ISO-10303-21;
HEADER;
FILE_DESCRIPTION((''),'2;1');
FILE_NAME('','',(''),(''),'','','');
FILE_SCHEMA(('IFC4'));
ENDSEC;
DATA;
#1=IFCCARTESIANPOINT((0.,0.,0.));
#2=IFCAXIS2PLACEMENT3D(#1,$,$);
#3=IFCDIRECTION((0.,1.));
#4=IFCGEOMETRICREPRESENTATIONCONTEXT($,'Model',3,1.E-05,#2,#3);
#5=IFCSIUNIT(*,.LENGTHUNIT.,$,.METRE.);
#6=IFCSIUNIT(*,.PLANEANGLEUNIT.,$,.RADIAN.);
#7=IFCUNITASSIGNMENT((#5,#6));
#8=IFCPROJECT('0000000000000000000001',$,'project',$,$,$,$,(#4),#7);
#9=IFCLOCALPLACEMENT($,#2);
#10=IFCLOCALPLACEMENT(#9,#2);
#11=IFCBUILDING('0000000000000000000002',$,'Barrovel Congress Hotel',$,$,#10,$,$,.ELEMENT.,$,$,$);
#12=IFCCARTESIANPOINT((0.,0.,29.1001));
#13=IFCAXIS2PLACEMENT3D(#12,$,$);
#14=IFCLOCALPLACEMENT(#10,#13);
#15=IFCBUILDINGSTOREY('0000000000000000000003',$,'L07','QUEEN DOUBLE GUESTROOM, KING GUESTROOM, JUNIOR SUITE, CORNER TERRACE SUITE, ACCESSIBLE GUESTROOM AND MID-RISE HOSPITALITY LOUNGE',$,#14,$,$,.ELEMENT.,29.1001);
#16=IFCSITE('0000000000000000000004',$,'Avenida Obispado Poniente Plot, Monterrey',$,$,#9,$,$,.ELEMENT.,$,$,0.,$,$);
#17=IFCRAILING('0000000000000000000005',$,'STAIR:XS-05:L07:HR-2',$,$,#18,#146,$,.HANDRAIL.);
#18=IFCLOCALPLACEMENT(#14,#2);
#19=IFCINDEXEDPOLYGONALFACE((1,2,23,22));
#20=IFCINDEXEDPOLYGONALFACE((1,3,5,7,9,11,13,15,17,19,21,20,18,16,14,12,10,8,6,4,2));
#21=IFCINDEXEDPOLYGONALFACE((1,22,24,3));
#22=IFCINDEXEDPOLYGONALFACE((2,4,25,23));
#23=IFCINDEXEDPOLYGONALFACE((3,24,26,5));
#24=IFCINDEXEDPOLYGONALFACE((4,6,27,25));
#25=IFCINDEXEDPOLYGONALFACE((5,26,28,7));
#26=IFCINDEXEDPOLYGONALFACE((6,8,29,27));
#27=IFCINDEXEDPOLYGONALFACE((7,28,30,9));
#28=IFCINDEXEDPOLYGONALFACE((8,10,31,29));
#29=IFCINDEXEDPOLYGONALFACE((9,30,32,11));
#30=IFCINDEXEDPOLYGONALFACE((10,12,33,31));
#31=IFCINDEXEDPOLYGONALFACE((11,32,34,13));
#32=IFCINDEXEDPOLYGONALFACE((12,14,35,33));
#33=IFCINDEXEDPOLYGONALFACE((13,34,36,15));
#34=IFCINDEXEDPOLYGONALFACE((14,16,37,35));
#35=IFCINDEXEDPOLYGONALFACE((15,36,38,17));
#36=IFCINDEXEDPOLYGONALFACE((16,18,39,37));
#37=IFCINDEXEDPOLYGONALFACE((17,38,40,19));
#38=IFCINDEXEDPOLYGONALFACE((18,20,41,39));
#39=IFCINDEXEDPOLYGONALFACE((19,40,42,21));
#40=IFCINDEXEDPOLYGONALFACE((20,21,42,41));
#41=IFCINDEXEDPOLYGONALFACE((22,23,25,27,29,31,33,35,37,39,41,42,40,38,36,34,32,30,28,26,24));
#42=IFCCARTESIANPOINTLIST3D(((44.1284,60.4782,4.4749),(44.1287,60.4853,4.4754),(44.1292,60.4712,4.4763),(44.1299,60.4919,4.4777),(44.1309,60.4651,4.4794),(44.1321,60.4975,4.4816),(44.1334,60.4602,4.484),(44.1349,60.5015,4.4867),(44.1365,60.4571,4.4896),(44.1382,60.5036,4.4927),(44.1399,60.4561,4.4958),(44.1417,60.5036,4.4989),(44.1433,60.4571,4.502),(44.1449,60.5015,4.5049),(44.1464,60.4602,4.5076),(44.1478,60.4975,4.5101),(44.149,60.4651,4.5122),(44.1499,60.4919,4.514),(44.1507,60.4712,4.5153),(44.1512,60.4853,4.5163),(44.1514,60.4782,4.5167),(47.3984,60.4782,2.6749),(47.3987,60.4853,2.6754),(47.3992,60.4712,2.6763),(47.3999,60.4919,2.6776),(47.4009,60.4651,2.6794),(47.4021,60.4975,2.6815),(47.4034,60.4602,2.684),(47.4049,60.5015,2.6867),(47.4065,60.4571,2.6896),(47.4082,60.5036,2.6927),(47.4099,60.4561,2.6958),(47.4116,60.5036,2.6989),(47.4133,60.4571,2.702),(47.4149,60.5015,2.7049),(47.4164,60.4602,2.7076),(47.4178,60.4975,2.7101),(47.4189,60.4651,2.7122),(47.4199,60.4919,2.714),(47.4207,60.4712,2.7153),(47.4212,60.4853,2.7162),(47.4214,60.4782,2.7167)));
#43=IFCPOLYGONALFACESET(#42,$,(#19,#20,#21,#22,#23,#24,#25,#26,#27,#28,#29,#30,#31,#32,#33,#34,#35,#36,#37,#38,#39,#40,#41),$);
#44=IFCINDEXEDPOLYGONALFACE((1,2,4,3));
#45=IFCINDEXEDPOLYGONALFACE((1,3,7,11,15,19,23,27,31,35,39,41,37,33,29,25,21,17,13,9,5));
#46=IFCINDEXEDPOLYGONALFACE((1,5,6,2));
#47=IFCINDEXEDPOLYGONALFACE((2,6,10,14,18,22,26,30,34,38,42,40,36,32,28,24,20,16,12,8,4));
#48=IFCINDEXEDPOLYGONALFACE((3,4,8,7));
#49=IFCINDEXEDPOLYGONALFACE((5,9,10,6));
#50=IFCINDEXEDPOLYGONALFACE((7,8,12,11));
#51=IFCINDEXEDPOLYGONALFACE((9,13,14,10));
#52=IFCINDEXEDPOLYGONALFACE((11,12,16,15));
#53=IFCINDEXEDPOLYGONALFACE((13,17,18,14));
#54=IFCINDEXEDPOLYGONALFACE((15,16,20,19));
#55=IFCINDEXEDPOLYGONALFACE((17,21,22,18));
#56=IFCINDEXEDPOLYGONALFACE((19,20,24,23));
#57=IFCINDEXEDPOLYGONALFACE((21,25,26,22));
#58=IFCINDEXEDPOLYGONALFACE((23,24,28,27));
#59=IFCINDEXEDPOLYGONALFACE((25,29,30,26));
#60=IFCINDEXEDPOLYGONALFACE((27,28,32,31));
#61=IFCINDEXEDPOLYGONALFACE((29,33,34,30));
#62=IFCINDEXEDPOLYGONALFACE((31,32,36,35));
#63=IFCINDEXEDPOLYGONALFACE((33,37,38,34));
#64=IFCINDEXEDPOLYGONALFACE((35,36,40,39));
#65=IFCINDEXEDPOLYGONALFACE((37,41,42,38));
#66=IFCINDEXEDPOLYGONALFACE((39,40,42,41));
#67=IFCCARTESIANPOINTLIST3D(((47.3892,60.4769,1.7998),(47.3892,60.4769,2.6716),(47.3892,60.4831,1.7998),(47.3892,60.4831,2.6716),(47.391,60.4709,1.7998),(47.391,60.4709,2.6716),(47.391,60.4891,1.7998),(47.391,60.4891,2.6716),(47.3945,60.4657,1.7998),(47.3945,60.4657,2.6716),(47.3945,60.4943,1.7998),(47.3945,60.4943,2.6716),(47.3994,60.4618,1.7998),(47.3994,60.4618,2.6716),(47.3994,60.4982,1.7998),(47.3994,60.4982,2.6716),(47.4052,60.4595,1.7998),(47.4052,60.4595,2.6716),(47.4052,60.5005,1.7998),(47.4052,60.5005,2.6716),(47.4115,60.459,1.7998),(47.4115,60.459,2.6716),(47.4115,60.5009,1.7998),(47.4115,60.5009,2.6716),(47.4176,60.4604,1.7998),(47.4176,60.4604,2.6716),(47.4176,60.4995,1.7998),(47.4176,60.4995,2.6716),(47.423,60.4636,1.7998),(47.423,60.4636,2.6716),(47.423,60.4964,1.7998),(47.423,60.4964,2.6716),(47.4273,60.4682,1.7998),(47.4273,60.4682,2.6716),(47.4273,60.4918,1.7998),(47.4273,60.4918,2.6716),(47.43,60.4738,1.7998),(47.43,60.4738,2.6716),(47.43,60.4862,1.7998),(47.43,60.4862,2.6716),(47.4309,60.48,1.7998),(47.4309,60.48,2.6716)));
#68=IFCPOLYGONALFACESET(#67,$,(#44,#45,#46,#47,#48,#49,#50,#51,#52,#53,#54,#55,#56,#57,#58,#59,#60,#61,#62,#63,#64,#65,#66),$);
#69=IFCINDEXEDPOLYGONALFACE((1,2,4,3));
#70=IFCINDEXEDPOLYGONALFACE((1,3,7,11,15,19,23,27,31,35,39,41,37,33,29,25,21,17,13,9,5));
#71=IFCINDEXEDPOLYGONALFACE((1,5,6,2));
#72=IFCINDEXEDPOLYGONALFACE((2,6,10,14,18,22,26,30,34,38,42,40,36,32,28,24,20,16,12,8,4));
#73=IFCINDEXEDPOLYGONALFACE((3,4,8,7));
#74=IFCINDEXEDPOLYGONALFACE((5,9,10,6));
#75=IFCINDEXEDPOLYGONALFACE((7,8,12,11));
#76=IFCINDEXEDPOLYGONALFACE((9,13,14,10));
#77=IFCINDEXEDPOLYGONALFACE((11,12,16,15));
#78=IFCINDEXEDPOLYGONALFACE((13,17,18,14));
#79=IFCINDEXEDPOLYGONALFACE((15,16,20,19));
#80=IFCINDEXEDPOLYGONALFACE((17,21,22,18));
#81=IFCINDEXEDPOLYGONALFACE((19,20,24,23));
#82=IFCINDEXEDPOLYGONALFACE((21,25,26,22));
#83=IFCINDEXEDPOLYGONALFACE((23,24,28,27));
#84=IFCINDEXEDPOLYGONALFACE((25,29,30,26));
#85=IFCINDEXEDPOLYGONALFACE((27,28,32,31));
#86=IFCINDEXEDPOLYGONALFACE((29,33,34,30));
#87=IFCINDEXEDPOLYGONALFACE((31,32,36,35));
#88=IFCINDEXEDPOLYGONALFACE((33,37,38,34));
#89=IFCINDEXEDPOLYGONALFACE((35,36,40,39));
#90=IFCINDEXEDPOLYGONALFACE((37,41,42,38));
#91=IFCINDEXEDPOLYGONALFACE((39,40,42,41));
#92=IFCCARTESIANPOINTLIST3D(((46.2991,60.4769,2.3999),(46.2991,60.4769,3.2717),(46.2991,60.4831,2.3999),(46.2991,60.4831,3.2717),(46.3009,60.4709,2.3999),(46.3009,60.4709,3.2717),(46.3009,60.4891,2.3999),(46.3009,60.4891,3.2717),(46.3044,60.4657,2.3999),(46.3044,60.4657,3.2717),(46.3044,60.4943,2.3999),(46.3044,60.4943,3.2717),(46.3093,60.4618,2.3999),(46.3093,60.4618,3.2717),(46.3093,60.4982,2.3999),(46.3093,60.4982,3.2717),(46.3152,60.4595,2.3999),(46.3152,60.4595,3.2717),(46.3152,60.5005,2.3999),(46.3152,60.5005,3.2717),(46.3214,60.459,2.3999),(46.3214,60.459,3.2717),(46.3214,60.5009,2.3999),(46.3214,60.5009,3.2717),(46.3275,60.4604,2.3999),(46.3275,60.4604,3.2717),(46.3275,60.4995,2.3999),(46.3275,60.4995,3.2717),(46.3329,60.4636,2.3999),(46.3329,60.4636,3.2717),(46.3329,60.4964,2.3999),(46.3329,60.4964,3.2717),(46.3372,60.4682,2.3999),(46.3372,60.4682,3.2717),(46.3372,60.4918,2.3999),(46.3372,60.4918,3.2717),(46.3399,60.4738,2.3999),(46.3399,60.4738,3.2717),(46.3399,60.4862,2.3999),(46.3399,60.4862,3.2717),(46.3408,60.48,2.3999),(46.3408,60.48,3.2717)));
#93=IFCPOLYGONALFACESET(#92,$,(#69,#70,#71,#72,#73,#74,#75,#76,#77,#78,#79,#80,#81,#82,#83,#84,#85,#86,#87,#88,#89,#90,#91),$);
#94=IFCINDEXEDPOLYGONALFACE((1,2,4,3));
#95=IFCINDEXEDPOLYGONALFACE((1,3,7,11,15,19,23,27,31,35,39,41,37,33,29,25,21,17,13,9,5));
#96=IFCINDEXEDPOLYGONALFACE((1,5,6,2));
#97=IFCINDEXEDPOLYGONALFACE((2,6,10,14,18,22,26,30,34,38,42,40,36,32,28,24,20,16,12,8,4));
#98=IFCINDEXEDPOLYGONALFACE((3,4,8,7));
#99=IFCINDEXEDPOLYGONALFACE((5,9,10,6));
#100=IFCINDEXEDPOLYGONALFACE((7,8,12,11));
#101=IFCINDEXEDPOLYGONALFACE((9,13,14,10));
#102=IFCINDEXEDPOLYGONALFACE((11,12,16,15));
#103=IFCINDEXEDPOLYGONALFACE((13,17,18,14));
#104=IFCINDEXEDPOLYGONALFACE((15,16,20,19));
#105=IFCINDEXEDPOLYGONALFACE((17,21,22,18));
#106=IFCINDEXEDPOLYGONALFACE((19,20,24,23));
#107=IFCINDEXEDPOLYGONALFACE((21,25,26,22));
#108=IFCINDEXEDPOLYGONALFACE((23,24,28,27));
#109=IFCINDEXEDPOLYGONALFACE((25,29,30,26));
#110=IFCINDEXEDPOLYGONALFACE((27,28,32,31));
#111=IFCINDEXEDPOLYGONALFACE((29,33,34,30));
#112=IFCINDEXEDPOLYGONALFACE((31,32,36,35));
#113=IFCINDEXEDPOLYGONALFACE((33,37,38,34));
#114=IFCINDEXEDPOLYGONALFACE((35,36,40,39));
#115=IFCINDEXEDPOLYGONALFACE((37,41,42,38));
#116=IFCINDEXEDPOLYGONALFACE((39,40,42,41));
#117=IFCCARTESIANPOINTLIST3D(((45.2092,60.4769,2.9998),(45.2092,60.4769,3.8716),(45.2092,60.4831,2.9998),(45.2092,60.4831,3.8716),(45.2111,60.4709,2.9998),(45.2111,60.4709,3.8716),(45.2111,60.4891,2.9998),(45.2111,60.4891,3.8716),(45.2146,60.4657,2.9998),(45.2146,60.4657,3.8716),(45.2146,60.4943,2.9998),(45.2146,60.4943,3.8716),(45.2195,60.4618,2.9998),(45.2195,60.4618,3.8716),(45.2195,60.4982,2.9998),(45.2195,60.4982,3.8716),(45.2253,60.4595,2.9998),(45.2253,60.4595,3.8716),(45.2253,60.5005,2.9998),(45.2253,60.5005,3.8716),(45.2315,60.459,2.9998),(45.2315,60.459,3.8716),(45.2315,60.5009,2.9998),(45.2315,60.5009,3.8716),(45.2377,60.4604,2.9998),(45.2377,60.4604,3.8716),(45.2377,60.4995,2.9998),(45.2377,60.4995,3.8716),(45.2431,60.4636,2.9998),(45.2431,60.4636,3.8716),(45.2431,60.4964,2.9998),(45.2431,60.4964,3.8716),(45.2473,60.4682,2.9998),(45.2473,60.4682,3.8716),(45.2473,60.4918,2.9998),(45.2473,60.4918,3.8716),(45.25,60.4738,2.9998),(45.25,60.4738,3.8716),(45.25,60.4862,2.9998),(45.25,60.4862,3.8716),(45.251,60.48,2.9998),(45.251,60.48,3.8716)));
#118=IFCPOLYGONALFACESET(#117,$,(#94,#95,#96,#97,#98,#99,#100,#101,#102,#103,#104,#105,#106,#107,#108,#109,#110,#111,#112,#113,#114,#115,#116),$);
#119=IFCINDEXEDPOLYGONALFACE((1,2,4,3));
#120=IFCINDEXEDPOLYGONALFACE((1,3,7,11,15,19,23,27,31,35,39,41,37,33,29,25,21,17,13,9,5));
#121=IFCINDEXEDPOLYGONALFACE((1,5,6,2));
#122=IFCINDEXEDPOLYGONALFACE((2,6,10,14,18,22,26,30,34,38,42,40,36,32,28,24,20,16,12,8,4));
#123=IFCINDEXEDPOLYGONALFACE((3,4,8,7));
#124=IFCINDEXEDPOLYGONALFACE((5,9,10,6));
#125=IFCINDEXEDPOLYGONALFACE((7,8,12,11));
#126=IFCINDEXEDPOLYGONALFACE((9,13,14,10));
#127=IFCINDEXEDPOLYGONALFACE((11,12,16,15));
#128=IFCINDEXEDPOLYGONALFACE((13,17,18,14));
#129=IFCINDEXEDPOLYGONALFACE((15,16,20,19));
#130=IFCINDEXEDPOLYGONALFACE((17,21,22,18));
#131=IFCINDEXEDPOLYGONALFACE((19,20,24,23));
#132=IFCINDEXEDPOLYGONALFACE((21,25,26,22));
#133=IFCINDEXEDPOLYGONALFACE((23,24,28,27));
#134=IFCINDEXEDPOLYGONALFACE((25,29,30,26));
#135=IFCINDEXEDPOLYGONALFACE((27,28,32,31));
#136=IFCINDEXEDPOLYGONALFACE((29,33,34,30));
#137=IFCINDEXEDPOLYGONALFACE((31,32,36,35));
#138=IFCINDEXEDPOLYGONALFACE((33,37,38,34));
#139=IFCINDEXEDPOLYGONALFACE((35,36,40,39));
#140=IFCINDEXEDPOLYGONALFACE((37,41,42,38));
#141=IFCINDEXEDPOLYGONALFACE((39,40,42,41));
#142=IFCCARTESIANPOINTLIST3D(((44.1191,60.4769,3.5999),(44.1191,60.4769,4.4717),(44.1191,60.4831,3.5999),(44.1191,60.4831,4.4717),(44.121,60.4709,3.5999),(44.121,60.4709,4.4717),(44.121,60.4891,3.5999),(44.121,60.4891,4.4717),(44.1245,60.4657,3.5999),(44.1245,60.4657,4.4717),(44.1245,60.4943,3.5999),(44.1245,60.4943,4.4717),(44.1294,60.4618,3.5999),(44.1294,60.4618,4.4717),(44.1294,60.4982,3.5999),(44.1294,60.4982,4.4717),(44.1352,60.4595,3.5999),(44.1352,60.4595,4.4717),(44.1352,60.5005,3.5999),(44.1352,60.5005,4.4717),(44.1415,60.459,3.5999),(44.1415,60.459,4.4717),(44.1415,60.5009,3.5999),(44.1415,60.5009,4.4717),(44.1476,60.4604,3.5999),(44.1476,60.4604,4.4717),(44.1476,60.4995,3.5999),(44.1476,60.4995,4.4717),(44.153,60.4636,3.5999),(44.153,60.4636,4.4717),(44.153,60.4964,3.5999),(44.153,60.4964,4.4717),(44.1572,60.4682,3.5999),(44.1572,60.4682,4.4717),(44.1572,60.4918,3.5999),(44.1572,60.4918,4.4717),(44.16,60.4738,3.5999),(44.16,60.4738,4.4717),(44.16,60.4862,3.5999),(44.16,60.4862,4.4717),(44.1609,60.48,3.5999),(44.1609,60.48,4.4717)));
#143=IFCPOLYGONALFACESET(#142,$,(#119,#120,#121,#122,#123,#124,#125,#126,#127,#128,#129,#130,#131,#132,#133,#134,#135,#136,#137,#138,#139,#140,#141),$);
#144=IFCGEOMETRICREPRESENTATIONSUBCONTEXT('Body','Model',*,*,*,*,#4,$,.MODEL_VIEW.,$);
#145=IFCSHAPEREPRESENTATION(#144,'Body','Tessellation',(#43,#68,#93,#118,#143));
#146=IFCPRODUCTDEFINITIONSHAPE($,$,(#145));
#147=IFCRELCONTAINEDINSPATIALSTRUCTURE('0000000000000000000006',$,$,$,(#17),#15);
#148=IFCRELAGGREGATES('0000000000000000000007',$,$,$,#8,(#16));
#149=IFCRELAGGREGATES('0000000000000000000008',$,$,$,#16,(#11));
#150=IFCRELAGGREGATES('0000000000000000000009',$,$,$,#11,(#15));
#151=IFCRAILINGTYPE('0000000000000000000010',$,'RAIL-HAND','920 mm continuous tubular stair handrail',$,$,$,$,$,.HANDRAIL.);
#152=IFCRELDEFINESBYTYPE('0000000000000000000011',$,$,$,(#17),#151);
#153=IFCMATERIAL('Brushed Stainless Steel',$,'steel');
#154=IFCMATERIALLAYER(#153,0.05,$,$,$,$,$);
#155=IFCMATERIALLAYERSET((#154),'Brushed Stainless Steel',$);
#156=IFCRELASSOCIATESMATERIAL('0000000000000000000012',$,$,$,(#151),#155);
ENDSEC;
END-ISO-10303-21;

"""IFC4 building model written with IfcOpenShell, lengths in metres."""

from ifc_helpers import new_model, si_unit, direction, frame, origin, origin_2d, place, context, subcontext, project, spatial, circle, extrude, material, layer, layer_set, type_object, element, save


model = new_model("IFC4")

# Units and contexts
model_context = context("Model", 3, precision=1e-05, world=origin(), true_north=direction((0.0, 1.0)))
body_context = subcontext(model_context, "Body", "Model", "MODEL_VIEW")
ifc_project = project(units=[si_unit("LENGTHUNIT", "METRE"), si_unit("PLANEANGLEUNIT", "RADIAN")], contexts=[model_context])

# Site, building, storey
site_placement = place(None, origin())
site = spatial("IfcSite", under=ifc_project, at=site_placement, Name="Avenida Obispado Poniente Plot, Monterrey", CompositionType="ELEMENT", RefElevation=0.0)
building_placement = place(site_placement, origin())
building = spatial("IfcBuilding", under=site, at=building_placement, Name="Barrovel Congress Hotel", CompositionType="ELEMENT")
storey_placement = place(building_placement, frame((0.0, 0.0, 29.1001)))
storey = spatial("IfcBuildingStorey", under=building, at=storey_placement, Name="L07", Description="QUEEN DOUBLE GUESTROOM, KING GUESTROOM, JUNIOR SUITE, CORNER TERRACE SUITE, ACCESSIBLE GUESTROOM AND MID-RISE HOSPITALITY LOUNGE", CompositionType="ELEMENT", Elevation=29.1001)

# Railing
ifc_material_1 = material(Name="Brushed Stainless Steel", Category="steel")
ifc_layer_1 = layer(ifc_material_1, 0.05)
ifc_layer_set_1 = layer_set([ifc_layer_1], Name="Brushed Stainless Steel")
railing_type_1 = type_object("IfcRailingType", Name="RAIL-HAND", Description="920 mm continuous tubular stair handrail", PredefinedType="HANDRAIL", material=ifc_layer_set_1)
railing_1_placement = place(storey_placement, frame((47.4099, 60.48, 1.7998)))
element("IfcRailing", 1, at=railing_1_placement, inside=storey, type_object=railing_type_1, Name="STAIR:XS-05:L07:HR-2", PredefinedType="HANDRAIL", context=body_context, shape_type="SweptSolid", body=[
    extrude(circle(Radius=0.0239, at=origin_2d()), frame((0.0, 0.0, 0.896), z_axis=(-0.876042, 0.0, 0.482235), x_axis=(0.0, -1.0, 0.0)), (0.0, 0.0, 1.0), 3.7327),
    extrude(circle(Radius=0.021, at=origin_2d()), origin(), (0.0, 0.0, 1.0), 0.8718),
    extrude(circle(Radius=0.021, at=origin_2d()), frame((-1.0901, 0.0, 0.6001)), (0.0, 0.0, 1.0), 0.8718),
    extrude(circle(Radius=0.021, at=origin_2d()), frame((-2.1799, 0.0, 1.2)), (0.0, 0.0, 1.0), 0.8718),
    extrude(circle(Radius=0.021, at=origin_2d()), frame((-3.27, 0.0, 1.8)), (0.0, 0.0, 1.0), 0.8718),
])

save(model, "model.ifc")
